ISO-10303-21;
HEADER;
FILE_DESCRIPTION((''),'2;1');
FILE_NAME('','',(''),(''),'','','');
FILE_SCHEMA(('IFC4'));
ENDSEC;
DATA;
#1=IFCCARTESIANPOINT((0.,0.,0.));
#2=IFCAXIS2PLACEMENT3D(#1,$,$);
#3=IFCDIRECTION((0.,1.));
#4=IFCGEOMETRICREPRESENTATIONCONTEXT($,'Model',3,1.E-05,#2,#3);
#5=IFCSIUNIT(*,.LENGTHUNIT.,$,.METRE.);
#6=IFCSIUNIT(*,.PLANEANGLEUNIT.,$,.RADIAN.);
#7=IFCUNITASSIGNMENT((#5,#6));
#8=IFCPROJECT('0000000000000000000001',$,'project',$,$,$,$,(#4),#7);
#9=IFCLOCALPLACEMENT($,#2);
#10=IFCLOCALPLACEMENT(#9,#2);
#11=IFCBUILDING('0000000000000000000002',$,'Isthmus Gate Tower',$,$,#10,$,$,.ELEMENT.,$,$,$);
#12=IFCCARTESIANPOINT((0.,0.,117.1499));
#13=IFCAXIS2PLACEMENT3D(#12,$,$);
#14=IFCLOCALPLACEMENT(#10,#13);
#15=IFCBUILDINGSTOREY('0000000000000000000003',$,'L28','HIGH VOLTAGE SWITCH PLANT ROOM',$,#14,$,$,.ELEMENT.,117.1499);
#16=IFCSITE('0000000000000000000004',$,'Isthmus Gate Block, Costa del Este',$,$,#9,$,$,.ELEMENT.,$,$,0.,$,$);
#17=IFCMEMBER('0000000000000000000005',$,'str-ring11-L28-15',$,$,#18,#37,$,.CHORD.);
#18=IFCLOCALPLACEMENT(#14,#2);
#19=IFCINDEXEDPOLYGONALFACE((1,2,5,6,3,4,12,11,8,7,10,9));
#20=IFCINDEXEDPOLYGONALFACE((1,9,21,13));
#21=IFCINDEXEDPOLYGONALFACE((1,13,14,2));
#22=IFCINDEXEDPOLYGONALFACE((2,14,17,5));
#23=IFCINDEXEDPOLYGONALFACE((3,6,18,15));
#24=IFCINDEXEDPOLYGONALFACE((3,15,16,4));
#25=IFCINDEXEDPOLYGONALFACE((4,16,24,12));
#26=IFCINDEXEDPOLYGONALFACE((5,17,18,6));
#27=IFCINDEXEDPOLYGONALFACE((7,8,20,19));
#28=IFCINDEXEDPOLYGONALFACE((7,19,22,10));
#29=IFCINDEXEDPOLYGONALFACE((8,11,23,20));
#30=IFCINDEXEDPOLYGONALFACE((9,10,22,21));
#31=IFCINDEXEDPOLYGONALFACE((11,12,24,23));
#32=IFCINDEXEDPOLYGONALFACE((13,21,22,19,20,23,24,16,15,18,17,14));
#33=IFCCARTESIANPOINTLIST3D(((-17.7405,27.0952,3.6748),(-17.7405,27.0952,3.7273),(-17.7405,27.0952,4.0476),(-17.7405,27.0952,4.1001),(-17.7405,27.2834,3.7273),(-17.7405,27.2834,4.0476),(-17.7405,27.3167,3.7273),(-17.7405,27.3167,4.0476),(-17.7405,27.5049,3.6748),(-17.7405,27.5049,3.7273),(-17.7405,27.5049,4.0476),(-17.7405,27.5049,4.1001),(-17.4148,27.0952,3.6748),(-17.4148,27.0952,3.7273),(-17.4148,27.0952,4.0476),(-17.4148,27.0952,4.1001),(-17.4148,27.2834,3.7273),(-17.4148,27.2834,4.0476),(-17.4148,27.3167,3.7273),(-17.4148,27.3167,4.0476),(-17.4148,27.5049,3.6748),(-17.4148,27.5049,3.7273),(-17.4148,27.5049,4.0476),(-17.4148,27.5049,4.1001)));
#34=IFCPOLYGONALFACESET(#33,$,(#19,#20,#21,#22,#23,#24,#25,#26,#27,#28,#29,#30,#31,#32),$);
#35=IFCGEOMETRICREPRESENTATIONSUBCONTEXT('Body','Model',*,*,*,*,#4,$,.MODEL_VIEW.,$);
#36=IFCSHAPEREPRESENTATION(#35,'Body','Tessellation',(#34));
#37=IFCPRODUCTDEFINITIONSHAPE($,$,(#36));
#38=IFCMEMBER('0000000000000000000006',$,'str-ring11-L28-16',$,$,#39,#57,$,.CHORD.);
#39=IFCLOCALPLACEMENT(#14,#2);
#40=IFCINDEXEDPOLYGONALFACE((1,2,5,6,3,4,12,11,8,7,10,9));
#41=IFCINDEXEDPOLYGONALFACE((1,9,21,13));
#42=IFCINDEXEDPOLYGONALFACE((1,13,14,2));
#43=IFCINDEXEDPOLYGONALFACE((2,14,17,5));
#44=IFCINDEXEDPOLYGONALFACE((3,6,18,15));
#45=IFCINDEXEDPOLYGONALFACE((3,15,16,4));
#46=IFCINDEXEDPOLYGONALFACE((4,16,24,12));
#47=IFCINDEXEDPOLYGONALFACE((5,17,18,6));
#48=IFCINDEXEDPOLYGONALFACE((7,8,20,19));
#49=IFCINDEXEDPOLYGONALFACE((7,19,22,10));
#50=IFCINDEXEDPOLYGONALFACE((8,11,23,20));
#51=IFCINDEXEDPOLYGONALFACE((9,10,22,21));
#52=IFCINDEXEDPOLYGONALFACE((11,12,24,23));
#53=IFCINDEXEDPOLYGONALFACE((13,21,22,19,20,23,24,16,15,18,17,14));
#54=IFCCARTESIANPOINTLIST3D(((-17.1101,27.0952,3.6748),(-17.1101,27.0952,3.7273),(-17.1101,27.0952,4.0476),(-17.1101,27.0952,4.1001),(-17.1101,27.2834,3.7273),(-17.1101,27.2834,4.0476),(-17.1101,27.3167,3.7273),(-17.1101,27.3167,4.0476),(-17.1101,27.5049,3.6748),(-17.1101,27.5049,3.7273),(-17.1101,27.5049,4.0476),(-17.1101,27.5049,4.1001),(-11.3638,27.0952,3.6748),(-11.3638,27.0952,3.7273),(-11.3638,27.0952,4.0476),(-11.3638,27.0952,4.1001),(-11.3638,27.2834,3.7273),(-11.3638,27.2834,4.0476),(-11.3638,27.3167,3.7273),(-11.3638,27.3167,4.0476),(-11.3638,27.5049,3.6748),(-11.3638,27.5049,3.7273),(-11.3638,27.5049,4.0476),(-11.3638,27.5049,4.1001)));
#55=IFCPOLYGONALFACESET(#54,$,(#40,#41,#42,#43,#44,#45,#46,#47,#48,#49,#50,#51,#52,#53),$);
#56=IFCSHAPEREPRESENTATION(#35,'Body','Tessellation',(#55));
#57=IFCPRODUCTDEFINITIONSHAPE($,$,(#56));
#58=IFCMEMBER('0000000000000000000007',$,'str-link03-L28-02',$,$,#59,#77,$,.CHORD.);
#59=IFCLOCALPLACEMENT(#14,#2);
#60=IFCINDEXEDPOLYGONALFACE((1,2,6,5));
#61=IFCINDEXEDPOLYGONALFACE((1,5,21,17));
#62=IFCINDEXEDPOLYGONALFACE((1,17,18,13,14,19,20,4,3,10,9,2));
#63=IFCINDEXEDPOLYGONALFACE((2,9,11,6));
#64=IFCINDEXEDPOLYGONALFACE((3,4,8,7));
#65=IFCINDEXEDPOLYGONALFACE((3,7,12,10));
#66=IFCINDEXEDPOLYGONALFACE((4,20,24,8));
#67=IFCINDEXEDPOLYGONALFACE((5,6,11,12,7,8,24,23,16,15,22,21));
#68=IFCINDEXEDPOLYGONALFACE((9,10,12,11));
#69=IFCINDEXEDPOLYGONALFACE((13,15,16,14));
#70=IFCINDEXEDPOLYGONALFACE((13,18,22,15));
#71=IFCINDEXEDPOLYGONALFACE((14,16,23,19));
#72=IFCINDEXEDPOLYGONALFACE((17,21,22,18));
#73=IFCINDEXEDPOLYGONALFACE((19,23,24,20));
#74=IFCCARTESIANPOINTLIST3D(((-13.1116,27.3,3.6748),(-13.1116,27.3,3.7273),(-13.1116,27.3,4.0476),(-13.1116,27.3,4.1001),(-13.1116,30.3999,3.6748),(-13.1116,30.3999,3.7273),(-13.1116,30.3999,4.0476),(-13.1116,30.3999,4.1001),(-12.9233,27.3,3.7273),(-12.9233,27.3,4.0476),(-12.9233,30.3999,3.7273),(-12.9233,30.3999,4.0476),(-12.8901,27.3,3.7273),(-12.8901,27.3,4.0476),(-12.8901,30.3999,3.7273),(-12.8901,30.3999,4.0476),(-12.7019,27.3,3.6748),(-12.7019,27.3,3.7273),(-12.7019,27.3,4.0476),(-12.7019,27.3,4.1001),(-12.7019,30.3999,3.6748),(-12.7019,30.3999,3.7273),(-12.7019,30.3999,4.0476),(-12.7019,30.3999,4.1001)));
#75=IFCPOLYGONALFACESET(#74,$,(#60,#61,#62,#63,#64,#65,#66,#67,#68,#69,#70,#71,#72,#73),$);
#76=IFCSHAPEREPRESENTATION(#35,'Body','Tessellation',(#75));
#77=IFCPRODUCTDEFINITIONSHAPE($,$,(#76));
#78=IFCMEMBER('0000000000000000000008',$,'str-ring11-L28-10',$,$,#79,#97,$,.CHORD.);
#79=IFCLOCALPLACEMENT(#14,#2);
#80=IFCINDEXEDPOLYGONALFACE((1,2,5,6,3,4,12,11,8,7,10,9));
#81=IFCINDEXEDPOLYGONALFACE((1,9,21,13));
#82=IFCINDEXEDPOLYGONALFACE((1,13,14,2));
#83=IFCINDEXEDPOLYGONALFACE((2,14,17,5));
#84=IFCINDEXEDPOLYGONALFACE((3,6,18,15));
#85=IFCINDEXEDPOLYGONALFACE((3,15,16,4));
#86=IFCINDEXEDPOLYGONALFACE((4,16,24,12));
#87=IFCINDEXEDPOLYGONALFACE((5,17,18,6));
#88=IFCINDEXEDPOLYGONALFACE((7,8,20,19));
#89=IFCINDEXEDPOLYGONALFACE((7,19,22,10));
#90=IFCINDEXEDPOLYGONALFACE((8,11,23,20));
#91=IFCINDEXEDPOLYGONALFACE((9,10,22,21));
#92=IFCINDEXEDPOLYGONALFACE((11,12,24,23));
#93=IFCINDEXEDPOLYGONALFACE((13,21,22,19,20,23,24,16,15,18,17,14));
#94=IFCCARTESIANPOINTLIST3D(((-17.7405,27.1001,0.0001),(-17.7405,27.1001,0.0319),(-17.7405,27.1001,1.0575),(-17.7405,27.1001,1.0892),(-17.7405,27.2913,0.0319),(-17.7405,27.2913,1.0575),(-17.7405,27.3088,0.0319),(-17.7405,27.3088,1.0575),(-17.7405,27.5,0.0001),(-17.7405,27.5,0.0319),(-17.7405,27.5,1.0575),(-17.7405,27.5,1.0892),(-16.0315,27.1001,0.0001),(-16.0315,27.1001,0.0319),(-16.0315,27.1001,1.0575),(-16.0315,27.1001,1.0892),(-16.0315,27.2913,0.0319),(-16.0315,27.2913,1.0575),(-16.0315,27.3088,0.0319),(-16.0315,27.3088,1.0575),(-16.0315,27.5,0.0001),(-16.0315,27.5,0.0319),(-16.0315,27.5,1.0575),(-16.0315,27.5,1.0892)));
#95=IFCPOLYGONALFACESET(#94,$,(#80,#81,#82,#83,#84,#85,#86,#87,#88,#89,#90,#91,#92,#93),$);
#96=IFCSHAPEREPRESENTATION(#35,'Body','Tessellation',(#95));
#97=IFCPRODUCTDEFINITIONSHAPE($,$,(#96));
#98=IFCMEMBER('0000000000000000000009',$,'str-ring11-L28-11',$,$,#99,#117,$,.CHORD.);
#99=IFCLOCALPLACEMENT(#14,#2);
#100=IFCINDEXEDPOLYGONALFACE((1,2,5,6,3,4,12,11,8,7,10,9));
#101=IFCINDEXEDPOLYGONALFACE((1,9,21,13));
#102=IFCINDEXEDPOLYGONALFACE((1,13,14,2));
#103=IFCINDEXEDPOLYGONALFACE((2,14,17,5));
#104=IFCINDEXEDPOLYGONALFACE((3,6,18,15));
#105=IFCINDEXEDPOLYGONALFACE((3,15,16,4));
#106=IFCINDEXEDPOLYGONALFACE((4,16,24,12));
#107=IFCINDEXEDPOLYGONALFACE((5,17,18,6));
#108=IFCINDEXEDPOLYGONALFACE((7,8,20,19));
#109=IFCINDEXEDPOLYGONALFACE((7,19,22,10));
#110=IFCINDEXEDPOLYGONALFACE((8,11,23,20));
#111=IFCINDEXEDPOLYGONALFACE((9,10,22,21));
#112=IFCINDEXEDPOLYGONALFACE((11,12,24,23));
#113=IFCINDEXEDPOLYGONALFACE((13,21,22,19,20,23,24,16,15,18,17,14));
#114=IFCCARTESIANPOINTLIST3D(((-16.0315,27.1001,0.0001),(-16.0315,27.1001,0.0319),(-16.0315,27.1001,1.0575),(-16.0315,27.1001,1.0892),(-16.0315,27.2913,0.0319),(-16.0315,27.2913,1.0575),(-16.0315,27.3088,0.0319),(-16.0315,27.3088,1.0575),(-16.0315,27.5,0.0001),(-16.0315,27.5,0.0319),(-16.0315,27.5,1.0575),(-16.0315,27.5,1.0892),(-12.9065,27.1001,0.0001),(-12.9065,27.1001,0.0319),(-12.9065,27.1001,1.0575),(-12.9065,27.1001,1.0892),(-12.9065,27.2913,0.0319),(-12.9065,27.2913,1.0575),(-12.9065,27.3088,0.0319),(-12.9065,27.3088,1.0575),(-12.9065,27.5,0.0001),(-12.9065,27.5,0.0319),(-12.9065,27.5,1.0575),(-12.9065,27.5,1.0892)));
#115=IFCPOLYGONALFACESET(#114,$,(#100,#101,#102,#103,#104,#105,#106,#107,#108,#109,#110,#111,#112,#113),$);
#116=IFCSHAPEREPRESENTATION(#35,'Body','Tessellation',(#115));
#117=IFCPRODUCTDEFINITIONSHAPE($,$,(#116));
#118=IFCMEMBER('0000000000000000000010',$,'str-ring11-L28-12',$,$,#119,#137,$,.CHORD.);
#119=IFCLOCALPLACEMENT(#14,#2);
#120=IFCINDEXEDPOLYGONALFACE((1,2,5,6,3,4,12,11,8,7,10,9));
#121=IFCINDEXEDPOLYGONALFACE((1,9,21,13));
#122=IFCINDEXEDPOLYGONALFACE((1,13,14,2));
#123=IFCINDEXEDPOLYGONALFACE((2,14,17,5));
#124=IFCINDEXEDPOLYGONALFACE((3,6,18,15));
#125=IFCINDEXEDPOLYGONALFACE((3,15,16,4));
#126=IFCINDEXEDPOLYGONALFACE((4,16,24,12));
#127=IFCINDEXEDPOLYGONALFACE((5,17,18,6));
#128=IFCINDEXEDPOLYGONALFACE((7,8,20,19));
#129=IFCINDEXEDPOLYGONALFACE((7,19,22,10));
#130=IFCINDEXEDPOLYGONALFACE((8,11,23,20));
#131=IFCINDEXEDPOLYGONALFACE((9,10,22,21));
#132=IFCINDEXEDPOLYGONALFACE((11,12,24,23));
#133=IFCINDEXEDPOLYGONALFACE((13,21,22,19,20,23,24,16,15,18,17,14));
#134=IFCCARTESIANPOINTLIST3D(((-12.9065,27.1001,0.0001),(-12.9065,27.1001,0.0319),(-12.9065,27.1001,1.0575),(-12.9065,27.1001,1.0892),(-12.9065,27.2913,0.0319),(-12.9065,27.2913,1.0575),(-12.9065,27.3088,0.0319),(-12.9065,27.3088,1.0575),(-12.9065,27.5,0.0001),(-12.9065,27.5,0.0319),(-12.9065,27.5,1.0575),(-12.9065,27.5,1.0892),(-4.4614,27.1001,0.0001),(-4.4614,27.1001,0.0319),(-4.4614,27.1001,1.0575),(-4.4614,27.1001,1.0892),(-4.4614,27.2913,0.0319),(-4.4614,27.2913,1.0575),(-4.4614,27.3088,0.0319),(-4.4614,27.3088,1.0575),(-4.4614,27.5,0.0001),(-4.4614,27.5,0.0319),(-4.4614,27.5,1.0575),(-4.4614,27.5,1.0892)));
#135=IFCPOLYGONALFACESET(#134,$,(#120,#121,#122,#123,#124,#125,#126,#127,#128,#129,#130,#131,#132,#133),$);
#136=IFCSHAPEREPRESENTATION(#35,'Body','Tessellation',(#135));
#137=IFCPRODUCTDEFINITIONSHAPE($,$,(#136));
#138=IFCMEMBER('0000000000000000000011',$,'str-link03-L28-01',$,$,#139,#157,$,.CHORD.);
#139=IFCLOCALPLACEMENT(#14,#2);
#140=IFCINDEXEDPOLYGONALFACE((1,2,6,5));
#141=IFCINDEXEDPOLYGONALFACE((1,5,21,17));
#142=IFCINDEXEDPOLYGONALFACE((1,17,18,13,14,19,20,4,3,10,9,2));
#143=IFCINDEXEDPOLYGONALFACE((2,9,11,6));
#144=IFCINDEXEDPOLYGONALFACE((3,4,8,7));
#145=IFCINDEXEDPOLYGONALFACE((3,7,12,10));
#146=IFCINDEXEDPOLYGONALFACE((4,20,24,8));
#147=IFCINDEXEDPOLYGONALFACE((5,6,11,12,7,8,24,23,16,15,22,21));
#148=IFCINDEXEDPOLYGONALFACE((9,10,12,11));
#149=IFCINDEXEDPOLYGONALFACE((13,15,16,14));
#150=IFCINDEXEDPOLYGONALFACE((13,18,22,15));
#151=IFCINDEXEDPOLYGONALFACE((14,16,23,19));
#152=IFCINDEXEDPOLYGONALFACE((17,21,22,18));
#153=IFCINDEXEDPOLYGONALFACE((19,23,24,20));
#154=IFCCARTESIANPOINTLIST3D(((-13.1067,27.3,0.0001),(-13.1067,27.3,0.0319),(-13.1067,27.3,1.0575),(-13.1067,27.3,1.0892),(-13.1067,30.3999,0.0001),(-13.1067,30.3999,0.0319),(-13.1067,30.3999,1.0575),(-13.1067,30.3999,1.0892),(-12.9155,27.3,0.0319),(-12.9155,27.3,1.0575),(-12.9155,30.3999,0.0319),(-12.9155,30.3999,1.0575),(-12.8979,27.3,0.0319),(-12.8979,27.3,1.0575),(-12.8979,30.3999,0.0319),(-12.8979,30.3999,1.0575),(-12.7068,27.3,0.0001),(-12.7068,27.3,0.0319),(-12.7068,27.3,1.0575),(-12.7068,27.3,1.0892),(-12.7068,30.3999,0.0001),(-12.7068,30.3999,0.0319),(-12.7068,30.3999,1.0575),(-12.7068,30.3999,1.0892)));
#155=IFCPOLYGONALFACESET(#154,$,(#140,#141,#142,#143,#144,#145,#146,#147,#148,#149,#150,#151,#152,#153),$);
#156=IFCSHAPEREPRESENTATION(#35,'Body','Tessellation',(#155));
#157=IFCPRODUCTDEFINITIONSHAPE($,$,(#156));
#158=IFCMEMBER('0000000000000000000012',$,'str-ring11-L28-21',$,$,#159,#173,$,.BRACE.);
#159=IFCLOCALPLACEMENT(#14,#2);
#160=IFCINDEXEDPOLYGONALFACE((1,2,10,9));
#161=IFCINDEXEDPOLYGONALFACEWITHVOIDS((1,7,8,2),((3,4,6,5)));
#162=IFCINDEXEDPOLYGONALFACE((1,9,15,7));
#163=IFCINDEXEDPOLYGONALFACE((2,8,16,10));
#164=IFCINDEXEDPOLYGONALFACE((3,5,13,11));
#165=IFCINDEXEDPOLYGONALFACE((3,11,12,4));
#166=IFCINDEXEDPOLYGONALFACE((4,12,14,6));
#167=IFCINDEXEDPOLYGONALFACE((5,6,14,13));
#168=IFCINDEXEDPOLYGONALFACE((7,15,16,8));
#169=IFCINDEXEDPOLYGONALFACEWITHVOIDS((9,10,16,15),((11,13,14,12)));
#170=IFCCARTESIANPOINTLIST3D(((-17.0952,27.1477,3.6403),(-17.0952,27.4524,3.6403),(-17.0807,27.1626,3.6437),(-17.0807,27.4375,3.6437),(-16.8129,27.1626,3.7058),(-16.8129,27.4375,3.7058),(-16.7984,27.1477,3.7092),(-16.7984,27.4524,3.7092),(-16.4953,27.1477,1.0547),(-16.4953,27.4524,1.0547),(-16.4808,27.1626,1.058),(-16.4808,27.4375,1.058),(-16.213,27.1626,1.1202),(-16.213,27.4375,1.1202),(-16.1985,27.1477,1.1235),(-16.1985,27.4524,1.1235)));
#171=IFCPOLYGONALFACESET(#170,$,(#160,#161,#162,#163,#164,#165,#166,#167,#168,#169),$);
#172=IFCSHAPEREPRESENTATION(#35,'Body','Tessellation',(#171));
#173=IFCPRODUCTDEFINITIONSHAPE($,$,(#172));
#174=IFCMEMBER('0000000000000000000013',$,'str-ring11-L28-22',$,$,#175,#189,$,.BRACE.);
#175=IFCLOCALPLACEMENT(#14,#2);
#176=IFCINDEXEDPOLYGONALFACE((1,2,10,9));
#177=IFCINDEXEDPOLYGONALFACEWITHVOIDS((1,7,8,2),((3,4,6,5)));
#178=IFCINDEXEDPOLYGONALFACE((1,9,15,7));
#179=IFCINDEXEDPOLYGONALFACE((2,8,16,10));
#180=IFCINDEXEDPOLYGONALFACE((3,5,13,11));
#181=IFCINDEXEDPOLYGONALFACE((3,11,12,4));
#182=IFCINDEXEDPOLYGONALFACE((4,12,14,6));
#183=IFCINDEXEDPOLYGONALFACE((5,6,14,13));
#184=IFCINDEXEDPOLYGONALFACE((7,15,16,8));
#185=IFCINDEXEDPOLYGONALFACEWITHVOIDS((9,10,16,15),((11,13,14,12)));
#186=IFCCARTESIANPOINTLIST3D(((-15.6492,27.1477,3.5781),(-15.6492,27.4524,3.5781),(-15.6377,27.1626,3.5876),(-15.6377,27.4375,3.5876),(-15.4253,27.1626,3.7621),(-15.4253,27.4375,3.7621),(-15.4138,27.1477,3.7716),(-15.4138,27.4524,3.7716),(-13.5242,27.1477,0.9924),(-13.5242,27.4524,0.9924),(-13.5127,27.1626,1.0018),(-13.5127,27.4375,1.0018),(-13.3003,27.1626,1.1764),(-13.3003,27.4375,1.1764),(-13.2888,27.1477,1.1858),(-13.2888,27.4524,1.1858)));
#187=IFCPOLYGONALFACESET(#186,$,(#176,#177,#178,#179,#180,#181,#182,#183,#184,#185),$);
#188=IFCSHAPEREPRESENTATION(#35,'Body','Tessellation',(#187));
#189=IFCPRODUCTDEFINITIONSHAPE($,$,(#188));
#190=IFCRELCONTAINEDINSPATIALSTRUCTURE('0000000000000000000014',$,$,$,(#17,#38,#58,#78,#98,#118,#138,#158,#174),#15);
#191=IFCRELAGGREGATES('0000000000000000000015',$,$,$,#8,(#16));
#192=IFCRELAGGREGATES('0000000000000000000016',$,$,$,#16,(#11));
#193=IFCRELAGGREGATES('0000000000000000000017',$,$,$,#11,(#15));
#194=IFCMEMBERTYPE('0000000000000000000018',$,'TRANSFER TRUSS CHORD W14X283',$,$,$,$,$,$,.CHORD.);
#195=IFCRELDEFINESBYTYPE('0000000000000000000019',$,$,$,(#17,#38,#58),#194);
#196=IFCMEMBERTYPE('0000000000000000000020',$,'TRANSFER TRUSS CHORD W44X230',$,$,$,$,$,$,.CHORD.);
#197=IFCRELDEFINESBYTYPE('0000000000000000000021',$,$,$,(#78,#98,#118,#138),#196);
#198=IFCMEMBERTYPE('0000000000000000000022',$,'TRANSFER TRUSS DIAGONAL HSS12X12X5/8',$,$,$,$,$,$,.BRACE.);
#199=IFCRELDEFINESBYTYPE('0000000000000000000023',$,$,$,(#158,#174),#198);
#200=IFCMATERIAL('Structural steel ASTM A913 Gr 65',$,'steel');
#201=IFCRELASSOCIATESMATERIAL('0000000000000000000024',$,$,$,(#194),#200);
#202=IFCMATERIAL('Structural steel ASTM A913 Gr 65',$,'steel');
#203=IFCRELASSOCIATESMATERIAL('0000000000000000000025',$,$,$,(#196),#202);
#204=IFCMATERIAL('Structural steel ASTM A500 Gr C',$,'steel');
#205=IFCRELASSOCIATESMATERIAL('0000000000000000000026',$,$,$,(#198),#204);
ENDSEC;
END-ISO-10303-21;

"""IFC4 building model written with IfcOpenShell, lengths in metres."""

from ifc_helpers import new_model, si_unit, direction, frame, origin, origin_2d, place, context, subcontext, project, spatial, hollow_rectangle, i_section, extrude, material, material_profile, profile_set, type_object, element, save


model = new_model("IFC4")

# Units and contexts
model_context = context("Model", 3, precision=1e-05, world=origin(), true_north=direction((0.0, 1.0)))
body_context = subcontext(model_context, "Body", "Model", "MODEL_VIEW")
ifc_project = project(units=[si_unit("LENGTHUNIT", "METRE"), si_unit("PLANEANGLEUNIT", "RADIAN")], contexts=[model_context])

# Site, building, storey
site_placement = place(None, origin())
site = spatial("IfcSite", under=ifc_project, at=site_placement, Name="Isthmus Gate Block, Costa del Este", CompositionType="ELEMENT", RefElevation=0.0)
building_placement = place(site_placement, origin())
building = spatial("IfcBuilding", under=site, at=building_placement, Name="Isthmus Gate Tower", CompositionType="ELEMENT")
storey_placement = place(building_placement, frame((0.0, 0.0, 117.1499)))
storey = spatial("IfcBuildingStorey", under=building, at=storey_placement, Name="L28", Description="HIGH VOLTAGE SWITCH PLANT ROOM", CompositionType="ELEMENT", Elevation=117.1499)

# Members
ifc_material_1 = material(Name="Structural steel ASTM A913 Gr 65", Category="steel")
ifc_material_profile_1 = material_profile(ifc_material_1, i_section(OverallWidth=0.4097, OverallDepth=0.4253, WebThickness=0.0332, FlangeThickness=0.0525, at=origin_2d()), Name="W14X283")
ifc_profile_set_1 = profile_set([ifc_material_profile_1], Name="Structural steel ASTM A913 Gr 65")
member_type_1 = type_object("IfcMemberType", Name="TRANSFER TRUSS CHORD W14X283", PredefinedType="CHORD", material=ifc_profile_set_1)
member_1_placement = place(storey_placement, frame((-17.7405, 27.3, 3.8875), z_axis=(1.0, 0.0, 0.0), x_axis=(0.0, 1.0, 0.0)))
element("IfcMember", 1, at=member_1_placement, inside=storey, type_object=member_type_1, Name="str-ring11-L28-15", PredefinedType="CHORD", context=body_context, shape_type="SweptSolid", body=[
    extrude(i_section(OverallWidth=0.4097, OverallDepth=0.4253, WebThickness=0.0332, FlangeThickness=0.0525, at=origin_2d()), origin(), (0.0, 0.0, 1.0), 0.3257),
])
member_2_placement = place(storey_placement, frame((-17.1101, 27.3, 3.8875), z_axis=(1.0, 0.0, 0.0), x_axis=(0.0, 1.0, 0.0)))
element("IfcMember", 2, at=member_2_placement, inside=storey, type_object=member_type_1, Name="str-ring11-L28-16", PredefinedType="CHORD", context=body_context, shape_type="SweptSolid", body=[
    extrude(i_section(OverallWidth=0.4097, OverallDepth=0.4253, WebThickness=0.0332, FlangeThickness=0.0525, at=origin_2d()), origin(), (0.0, 0.0, 1.0), 5.7463),
])
member_3_placement = place(storey_placement, frame((-12.9067, 30.3999, 3.8875), z_axis=(0.0, -1.0, 0.0), x_axis=(1.0, 0.0, 0.0)))
element("IfcMember", 3, at=member_3_placement, inside=storey, type_object=member_type_1, Name="str-link03-L28-02", PredefinedType="CHORD", context=body_context, shape_type="SweptSolid", body=[
    extrude(i_section(OverallWidth=0.4097, OverallDepth=0.4253, WebThickness=0.0332, FlangeThickness=0.0525, at=origin_2d()), origin(), (0.0, 0.0, 1.0), 3.0999),
])
ifc_material_2 = material(Name="Structural steel ASTM A913 Gr 65", Category="steel")
ifc_material_profile_2 = material_profile(ifc_material_2, i_section(OverallWidth=0.3999, OverallDepth=1.0891, WebThickness=0.0176, FlangeThickness=0.0317, at=origin_2d()), Name="W44X230")
ifc_profile_set_2 = profile_set([ifc_material_profile_2], Name="Structural steel ASTM A913 Gr 65")
member_type_2 = type_object("IfcMemberType", Name="TRANSFER TRUSS CHORD W44X230", PredefinedType="CHORD", material=ifc_profile_set_2)
member_4_placement = place(storey_placement, frame((-17.7405, 27.3, 0.5447), z_axis=(1.0, 0.0, 0.0), x_axis=(0.0, 1.0, 0.0)))
element("IfcMember", 4, at=member_4_placement, inside=storey, type_object=member_type_2, Name="str-ring11-L28-10", PredefinedType="CHORD", context=body_context, shape_type="SweptSolid", body=[
    extrude(i_section(OverallWidth=0.3999, OverallDepth=1.0891, WebThickness=0.0176, FlangeThickness=0.0317, at=origin_2d()), origin(), (0.0, 0.0, 1.0), 1.709),
])
member_5_placement = place(storey_placement, frame((-16.0315, 27.3, 0.5447), z_axis=(1.0, 0.0, 0.0), x_axis=(0.0, 1.0, 0.0)))
element("IfcMember", 5, at=member_5_placement, inside=storey, type_object=member_type_2, Name="str-ring11-L28-11", PredefinedType="CHORD", context=body_context, shape_type="SweptSolid", body=[
    extrude(i_section(OverallWidth=0.3999, OverallDepth=1.0891, WebThickness=0.0176, FlangeThickness=0.0317, at=origin_2d()), origin(), (0.0, 0.0, 1.0), 3.125),
])
member_6_placement = place(storey_placement, frame((-12.9065, 27.3, 0.5447), z_axis=(1.0, 0.0, 0.0), x_axis=(0.0, 1.0, 0.0)))
element("IfcMember", 6, at=member_6_placement, inside=storey, type_object=member_type_2, Name="str-ring11-L28-12", PredefinedType="CHORD", context=body_context, shape_type="SweptSolid", body=[
    extrude(i_section(OverallWidth=0.3999, OverallDepth=1.0891, WebThickness=0.0176, FlangeThickness=0.0317, at=origin_2d()), origin(), (0.0, 0.0, 1.0), 8.4451),
])
member_7_placement = place(storey_placement, frame((-12.9067, 30.3999, 0.5447), z_axis=(0.0, -1.0, 0.0), x_axis=(1.0, 0.0, 0.0)))
element("IfcMember", 7, at=member_7_placement, inside=storey, type_object=member_type_2, Name="str-link03-L28-01", PredefinedType="CHORD", context=body_context, shape_type="SweptSolid", body=[
    extrude(i_section(OverallWidth=0.3999, OverallDepth=1.0891, WebThickness=0.0176, FlangeThickness=0.0317, at=origin_2d()), origin(), (0.0, 0.0, 1.0), 3.0999),
])
ifc_material_3 = material(Name="Structural steel ASTM A500 Gr C", Category="steel")
ifc_material_profile_3 = material_profile(ifc_material_3, hollow_rectangle(XDim=0.3047, YDim=0.3047, WallThickness=0.0149, at=origin_2d()), Name="HSS12X12X5/8")
ifc_profile_set_3 = profile_set([ifc_material_profile_3], Name="Structural steel ASTM A500 Gr C")
member_type_3 = type_object("IfcMemberType", Name="TRANSFER TRUSS DIAGONAL HSS12X12X5/8", PredefinedType="BRACE", material=ifc_profile_set_3)
member_8_placement = place(storey_placement, frame((-16.3469, 27.3, 1.0891), z_axis=(-0.225988, 0.0, 0.97413), x_axis=(0.0, -1.0, 0.0)))
element("IfcMember", 8, at=member_8_placement, inside=storey, type_object=member_type_3, Name="str-ring11-L28-21", PredefinedType="BRACE", context=body_context, shape_type="SweptSolid", body=[
    extrude(hollow_rectangle(XDim=0.3047, YDim=0.3047, WallThickness=0.0149, at=origin_2d()), origin(), (0.0, 0.0, 1.0), 2.6543),
])
member_9_placement = place(storey_placement, frame((-13.4065, 27.3, 1.0891), z_axis=(-0.634925, 0.0, 0.772574), x_axis=(0.0, -1.0, 0.0)))
element("IfcMember", 9, at=member_9_placement, inside=storey, type_object=member_type_3, Name="str-ring11-L28-22", PredefinedType="BRACE", context=body_context, shape_type="SweptSolid", body=[
    extrude(hollow_rectangle(XDim=0.3047, YDim=0.3047, WallThickness=0.0149, at=origin_2d()), origin(), (0.0, 0.0, 1.0), 3.3469),
])

save(model, "model.ifc")
